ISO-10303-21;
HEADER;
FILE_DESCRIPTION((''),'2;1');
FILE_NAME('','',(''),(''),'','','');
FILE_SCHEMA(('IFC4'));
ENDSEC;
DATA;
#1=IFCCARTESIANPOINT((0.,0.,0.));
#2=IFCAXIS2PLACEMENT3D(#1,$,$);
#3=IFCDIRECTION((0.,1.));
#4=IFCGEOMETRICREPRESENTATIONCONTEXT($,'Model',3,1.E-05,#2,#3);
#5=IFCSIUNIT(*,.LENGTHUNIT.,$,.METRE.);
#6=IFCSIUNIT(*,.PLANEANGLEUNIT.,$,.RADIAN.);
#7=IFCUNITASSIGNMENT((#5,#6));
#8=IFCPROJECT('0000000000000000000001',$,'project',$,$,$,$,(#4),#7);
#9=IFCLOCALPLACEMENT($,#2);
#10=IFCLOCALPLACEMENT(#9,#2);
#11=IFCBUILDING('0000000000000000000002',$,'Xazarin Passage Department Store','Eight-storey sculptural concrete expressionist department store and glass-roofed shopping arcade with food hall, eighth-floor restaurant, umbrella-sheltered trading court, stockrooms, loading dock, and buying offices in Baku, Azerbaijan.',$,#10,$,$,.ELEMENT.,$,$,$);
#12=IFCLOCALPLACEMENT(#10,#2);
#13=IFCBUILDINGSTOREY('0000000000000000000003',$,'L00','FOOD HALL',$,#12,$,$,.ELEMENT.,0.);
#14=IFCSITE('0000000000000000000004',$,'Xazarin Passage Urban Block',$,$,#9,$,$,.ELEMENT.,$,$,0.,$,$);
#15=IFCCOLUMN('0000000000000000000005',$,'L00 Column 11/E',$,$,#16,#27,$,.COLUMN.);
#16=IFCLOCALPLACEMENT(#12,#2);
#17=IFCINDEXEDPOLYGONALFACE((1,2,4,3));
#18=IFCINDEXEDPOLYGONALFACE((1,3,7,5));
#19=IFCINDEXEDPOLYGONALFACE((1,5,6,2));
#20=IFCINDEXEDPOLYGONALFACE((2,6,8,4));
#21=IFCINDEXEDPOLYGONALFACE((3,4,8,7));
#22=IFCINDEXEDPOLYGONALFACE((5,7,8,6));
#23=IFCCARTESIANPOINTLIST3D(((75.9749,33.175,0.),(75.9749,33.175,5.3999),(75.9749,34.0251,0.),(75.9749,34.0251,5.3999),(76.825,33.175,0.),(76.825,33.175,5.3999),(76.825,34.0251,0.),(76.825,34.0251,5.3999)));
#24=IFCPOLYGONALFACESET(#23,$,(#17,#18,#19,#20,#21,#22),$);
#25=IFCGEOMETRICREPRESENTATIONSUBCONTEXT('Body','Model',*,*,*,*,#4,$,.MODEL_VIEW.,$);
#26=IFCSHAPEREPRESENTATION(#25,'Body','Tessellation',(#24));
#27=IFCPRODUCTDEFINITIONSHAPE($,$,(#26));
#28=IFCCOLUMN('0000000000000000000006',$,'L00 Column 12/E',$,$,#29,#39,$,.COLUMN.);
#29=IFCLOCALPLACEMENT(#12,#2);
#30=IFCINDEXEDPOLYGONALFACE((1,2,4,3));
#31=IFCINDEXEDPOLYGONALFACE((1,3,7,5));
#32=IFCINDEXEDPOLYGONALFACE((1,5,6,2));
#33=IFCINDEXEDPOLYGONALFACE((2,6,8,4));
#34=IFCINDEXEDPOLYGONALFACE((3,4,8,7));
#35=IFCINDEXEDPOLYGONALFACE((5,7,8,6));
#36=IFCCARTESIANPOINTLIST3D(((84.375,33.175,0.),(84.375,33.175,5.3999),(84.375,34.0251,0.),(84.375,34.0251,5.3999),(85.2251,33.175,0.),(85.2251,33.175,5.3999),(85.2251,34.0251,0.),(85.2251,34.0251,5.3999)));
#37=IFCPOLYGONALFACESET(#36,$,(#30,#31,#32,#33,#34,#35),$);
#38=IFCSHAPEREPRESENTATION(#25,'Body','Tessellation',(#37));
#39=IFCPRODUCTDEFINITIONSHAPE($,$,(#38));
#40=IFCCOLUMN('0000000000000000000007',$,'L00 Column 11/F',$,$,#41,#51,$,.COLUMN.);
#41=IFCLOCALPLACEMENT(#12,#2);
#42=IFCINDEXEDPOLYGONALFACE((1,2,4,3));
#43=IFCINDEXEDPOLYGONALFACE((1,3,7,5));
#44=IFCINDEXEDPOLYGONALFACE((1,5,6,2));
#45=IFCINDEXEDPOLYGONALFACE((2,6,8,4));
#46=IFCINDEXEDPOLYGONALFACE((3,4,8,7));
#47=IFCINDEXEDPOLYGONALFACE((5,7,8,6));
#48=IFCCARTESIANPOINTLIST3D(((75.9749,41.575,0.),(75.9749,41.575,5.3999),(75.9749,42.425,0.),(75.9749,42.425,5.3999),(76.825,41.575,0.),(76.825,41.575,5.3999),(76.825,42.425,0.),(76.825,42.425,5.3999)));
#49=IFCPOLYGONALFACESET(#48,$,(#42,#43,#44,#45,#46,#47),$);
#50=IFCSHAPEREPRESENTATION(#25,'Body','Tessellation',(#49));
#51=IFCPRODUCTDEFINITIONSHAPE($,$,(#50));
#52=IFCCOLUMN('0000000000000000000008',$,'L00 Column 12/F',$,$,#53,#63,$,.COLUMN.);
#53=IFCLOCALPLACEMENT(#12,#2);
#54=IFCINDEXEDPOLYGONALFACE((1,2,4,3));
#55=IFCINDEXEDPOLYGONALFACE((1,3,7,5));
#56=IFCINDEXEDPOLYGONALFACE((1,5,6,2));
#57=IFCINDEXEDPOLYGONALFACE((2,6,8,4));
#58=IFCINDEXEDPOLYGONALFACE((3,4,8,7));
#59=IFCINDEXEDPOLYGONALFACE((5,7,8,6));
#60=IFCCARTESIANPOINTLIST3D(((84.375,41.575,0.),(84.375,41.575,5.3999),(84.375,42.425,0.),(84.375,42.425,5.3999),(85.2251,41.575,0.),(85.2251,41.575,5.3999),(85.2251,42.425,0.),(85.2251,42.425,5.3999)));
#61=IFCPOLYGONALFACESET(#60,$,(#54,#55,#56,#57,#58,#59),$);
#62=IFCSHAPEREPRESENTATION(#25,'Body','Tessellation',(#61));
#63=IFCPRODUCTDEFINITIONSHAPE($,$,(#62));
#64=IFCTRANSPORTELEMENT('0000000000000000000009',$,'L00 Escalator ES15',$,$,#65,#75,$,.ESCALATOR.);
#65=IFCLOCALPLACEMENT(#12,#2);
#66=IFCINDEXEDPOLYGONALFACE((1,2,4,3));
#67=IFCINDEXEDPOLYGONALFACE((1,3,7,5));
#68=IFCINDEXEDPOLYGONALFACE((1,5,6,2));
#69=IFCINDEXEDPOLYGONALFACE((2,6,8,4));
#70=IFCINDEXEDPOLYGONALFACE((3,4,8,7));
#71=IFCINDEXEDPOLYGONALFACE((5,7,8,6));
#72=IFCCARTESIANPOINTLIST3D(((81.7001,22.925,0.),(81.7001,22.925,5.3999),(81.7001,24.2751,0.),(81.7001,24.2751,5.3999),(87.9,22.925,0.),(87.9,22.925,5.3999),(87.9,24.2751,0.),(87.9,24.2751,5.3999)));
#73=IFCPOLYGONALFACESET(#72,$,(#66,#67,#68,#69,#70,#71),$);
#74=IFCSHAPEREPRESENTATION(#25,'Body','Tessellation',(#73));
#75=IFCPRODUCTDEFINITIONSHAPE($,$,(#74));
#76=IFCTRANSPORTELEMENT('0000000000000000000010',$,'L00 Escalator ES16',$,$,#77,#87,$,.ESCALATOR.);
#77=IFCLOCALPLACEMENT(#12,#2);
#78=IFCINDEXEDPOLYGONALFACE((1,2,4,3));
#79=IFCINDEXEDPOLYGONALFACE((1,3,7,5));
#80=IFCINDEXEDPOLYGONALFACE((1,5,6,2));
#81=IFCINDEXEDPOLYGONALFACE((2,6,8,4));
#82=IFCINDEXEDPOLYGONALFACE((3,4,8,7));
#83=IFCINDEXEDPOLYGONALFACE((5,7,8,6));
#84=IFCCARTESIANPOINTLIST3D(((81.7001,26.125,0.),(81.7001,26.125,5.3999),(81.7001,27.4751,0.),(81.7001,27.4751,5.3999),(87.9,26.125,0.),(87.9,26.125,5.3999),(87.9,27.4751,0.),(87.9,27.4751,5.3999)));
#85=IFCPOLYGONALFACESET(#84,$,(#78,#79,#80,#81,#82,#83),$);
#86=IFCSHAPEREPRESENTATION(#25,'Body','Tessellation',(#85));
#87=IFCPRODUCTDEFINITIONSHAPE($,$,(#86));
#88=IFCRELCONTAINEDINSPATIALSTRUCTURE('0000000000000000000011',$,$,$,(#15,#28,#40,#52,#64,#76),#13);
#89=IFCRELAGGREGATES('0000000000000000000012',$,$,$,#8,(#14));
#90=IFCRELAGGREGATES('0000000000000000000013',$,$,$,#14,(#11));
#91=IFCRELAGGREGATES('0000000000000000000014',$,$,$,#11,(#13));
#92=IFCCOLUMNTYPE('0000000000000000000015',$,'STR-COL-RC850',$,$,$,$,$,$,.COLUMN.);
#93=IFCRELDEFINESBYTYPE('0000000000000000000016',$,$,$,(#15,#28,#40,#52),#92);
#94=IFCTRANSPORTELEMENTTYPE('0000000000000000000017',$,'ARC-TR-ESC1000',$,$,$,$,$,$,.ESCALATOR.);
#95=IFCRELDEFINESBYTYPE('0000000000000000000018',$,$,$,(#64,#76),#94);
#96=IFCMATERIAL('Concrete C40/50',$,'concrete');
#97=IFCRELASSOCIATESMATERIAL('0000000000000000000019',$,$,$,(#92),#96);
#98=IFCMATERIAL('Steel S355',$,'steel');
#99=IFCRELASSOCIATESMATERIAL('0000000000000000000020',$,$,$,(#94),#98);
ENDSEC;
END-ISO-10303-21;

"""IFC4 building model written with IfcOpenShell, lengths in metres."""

from ifc_helpers import new_model, si_unit, direction, frame, origin, origin_2d, place, context, subcontext, project, spatial, rectangle, extrude, material, material_profile, profile_set, type_object, element, save


model = new_model("IFC4")

# Units and contexts
model_context = context("Model", 3, precision=1e-05, world=origin(), true_north=direction((0.0, 1.0)))
body_context = subcontext(model_context, "Body", "Model", "MODEL_VIEW")
ifc_project = project(units=[si_unit("LENGTHUNIT", "METRE"), si_unit("PLANEANGLEUNIT", "RADIAN")], contexts=[model_context])

# Site, building, storey
site_placement = place(None, origin())
site = spatial("IfcSite", under=ifc_project, at=site_placement, Name="Xazarin Passage Urban Block", CompositionType="ELEMENT", RefElevation=0.0)
building_placement = place(site_placement, origin())
building = spatial("IfcBuilding", under=site, at=building_placement, Name="Xazarin Passage Department Store", Description="Eight-storey sculptural concrete expressionist department store and glass-roofed shopping arcade with food hall, eighth-floor restaurant, umbrella-sheltered trading court, stockrooms, loading dock, and buying offices in Baku, Azerbaijan.", CompositionType="ELEMENT")
storey_placement = place(building_placement, origin())
storey = spatial("IfcBuildingStorey", under=building, at=storey_placement, Name="L00", Description="FOOD HALL", CompositionType="ELEMENT", Elevation=0.0)

# Columns
ifc_material_1 = material(Name="Concrete C40/50", Category="concrete")
ifc_material_profile_1 = material_profile(ifc_material_1, rectangle(XDim=0.8501, YDim=0.8501, at=origin_2d()), Name="RC 850x850")
ifc_profile_set_1 = profile_set([ifc_material_profile_1], Name="Concrete C40/50")
column_type = type_object("IfcColumnType", Name="STR-COL-RC850", PredefinedType="COLUMN", material=ifc_profile_set_1)
for number, where, z_axis, x_axis, name in (
    (1, (76.3999, 33.6001, 0.0), (0.0, 0.0, 1.0), (1.0, 0.0, 0.0), "L00 Column 11/E"),
    (2, (84.8, 33.6001, 0.0), (0.0, 0.0, 1.0), (1.0, 0.0, 0.0), "L00 Column 12/E"),
    (3, (76.3999, 42.0, 0.0), (0.0, 0.0, 1.0), (1.0, 0.0, 0.0), "L00 Column 11/F"),
    (4, (84.8, 42.0, 0.0), (0.0, 0.0, 1.0), (1.0, 0.0, 0.0), "L00 Column 12/F"),
):
    element("IfcColumn", number, at=place(storey_placement, frame(where, z_axis=z_axis, x_axis=x_axis)), inside=storey, type_object=column_type, Name=name, PredefinedType="COLUMN", context=body_context, shape_type="SweptSolid", body=[
        extrude(rectangle(XDim=0.8501, YDim=0.8501, at=origin_2d()), origin(), (0.0, 0.0, 1.0), 5.3999),
    ])

# Transport elements
ifc_material_2 = material(Name="Steel S355", Category="steel")
transport_element_type = type_object("IfcTransportElementType", Name="ARC-TR-ESC1000", PredefinedType="ESCALATOR", material=ifc_material_2)
for number, where, z_axis, x_axis, name in (
    (5, (84.8, 23.6001, 0.0), (0.0, 0.0, 1.0), (1.0, 0.0, 0.0), "L00 Escalator ES15"),
    (6, (84.8, 26.8, 0.0), (0.0, 0.0, 1.0), (1.0, 0.0, 0.0), "L00 Escalator ES16"),
):
    element("IfcTransportElement", number, at=place(storey_placement, frame(where, z_axis=z_axis, x_axis=x_axis)), inside=storey, type_object=transport_element_type, Name=name, PredefinedType="ESCALATOR", context=body_context, shape_type="SweptSolid", body=[
        extrude(rectangle(XDim=6.2, YDim=1.3501, at=origin_2d()), origin(), (0.0, 0.0, 1.0), 5.3999),
    ])

save(model, "model.ifc")
